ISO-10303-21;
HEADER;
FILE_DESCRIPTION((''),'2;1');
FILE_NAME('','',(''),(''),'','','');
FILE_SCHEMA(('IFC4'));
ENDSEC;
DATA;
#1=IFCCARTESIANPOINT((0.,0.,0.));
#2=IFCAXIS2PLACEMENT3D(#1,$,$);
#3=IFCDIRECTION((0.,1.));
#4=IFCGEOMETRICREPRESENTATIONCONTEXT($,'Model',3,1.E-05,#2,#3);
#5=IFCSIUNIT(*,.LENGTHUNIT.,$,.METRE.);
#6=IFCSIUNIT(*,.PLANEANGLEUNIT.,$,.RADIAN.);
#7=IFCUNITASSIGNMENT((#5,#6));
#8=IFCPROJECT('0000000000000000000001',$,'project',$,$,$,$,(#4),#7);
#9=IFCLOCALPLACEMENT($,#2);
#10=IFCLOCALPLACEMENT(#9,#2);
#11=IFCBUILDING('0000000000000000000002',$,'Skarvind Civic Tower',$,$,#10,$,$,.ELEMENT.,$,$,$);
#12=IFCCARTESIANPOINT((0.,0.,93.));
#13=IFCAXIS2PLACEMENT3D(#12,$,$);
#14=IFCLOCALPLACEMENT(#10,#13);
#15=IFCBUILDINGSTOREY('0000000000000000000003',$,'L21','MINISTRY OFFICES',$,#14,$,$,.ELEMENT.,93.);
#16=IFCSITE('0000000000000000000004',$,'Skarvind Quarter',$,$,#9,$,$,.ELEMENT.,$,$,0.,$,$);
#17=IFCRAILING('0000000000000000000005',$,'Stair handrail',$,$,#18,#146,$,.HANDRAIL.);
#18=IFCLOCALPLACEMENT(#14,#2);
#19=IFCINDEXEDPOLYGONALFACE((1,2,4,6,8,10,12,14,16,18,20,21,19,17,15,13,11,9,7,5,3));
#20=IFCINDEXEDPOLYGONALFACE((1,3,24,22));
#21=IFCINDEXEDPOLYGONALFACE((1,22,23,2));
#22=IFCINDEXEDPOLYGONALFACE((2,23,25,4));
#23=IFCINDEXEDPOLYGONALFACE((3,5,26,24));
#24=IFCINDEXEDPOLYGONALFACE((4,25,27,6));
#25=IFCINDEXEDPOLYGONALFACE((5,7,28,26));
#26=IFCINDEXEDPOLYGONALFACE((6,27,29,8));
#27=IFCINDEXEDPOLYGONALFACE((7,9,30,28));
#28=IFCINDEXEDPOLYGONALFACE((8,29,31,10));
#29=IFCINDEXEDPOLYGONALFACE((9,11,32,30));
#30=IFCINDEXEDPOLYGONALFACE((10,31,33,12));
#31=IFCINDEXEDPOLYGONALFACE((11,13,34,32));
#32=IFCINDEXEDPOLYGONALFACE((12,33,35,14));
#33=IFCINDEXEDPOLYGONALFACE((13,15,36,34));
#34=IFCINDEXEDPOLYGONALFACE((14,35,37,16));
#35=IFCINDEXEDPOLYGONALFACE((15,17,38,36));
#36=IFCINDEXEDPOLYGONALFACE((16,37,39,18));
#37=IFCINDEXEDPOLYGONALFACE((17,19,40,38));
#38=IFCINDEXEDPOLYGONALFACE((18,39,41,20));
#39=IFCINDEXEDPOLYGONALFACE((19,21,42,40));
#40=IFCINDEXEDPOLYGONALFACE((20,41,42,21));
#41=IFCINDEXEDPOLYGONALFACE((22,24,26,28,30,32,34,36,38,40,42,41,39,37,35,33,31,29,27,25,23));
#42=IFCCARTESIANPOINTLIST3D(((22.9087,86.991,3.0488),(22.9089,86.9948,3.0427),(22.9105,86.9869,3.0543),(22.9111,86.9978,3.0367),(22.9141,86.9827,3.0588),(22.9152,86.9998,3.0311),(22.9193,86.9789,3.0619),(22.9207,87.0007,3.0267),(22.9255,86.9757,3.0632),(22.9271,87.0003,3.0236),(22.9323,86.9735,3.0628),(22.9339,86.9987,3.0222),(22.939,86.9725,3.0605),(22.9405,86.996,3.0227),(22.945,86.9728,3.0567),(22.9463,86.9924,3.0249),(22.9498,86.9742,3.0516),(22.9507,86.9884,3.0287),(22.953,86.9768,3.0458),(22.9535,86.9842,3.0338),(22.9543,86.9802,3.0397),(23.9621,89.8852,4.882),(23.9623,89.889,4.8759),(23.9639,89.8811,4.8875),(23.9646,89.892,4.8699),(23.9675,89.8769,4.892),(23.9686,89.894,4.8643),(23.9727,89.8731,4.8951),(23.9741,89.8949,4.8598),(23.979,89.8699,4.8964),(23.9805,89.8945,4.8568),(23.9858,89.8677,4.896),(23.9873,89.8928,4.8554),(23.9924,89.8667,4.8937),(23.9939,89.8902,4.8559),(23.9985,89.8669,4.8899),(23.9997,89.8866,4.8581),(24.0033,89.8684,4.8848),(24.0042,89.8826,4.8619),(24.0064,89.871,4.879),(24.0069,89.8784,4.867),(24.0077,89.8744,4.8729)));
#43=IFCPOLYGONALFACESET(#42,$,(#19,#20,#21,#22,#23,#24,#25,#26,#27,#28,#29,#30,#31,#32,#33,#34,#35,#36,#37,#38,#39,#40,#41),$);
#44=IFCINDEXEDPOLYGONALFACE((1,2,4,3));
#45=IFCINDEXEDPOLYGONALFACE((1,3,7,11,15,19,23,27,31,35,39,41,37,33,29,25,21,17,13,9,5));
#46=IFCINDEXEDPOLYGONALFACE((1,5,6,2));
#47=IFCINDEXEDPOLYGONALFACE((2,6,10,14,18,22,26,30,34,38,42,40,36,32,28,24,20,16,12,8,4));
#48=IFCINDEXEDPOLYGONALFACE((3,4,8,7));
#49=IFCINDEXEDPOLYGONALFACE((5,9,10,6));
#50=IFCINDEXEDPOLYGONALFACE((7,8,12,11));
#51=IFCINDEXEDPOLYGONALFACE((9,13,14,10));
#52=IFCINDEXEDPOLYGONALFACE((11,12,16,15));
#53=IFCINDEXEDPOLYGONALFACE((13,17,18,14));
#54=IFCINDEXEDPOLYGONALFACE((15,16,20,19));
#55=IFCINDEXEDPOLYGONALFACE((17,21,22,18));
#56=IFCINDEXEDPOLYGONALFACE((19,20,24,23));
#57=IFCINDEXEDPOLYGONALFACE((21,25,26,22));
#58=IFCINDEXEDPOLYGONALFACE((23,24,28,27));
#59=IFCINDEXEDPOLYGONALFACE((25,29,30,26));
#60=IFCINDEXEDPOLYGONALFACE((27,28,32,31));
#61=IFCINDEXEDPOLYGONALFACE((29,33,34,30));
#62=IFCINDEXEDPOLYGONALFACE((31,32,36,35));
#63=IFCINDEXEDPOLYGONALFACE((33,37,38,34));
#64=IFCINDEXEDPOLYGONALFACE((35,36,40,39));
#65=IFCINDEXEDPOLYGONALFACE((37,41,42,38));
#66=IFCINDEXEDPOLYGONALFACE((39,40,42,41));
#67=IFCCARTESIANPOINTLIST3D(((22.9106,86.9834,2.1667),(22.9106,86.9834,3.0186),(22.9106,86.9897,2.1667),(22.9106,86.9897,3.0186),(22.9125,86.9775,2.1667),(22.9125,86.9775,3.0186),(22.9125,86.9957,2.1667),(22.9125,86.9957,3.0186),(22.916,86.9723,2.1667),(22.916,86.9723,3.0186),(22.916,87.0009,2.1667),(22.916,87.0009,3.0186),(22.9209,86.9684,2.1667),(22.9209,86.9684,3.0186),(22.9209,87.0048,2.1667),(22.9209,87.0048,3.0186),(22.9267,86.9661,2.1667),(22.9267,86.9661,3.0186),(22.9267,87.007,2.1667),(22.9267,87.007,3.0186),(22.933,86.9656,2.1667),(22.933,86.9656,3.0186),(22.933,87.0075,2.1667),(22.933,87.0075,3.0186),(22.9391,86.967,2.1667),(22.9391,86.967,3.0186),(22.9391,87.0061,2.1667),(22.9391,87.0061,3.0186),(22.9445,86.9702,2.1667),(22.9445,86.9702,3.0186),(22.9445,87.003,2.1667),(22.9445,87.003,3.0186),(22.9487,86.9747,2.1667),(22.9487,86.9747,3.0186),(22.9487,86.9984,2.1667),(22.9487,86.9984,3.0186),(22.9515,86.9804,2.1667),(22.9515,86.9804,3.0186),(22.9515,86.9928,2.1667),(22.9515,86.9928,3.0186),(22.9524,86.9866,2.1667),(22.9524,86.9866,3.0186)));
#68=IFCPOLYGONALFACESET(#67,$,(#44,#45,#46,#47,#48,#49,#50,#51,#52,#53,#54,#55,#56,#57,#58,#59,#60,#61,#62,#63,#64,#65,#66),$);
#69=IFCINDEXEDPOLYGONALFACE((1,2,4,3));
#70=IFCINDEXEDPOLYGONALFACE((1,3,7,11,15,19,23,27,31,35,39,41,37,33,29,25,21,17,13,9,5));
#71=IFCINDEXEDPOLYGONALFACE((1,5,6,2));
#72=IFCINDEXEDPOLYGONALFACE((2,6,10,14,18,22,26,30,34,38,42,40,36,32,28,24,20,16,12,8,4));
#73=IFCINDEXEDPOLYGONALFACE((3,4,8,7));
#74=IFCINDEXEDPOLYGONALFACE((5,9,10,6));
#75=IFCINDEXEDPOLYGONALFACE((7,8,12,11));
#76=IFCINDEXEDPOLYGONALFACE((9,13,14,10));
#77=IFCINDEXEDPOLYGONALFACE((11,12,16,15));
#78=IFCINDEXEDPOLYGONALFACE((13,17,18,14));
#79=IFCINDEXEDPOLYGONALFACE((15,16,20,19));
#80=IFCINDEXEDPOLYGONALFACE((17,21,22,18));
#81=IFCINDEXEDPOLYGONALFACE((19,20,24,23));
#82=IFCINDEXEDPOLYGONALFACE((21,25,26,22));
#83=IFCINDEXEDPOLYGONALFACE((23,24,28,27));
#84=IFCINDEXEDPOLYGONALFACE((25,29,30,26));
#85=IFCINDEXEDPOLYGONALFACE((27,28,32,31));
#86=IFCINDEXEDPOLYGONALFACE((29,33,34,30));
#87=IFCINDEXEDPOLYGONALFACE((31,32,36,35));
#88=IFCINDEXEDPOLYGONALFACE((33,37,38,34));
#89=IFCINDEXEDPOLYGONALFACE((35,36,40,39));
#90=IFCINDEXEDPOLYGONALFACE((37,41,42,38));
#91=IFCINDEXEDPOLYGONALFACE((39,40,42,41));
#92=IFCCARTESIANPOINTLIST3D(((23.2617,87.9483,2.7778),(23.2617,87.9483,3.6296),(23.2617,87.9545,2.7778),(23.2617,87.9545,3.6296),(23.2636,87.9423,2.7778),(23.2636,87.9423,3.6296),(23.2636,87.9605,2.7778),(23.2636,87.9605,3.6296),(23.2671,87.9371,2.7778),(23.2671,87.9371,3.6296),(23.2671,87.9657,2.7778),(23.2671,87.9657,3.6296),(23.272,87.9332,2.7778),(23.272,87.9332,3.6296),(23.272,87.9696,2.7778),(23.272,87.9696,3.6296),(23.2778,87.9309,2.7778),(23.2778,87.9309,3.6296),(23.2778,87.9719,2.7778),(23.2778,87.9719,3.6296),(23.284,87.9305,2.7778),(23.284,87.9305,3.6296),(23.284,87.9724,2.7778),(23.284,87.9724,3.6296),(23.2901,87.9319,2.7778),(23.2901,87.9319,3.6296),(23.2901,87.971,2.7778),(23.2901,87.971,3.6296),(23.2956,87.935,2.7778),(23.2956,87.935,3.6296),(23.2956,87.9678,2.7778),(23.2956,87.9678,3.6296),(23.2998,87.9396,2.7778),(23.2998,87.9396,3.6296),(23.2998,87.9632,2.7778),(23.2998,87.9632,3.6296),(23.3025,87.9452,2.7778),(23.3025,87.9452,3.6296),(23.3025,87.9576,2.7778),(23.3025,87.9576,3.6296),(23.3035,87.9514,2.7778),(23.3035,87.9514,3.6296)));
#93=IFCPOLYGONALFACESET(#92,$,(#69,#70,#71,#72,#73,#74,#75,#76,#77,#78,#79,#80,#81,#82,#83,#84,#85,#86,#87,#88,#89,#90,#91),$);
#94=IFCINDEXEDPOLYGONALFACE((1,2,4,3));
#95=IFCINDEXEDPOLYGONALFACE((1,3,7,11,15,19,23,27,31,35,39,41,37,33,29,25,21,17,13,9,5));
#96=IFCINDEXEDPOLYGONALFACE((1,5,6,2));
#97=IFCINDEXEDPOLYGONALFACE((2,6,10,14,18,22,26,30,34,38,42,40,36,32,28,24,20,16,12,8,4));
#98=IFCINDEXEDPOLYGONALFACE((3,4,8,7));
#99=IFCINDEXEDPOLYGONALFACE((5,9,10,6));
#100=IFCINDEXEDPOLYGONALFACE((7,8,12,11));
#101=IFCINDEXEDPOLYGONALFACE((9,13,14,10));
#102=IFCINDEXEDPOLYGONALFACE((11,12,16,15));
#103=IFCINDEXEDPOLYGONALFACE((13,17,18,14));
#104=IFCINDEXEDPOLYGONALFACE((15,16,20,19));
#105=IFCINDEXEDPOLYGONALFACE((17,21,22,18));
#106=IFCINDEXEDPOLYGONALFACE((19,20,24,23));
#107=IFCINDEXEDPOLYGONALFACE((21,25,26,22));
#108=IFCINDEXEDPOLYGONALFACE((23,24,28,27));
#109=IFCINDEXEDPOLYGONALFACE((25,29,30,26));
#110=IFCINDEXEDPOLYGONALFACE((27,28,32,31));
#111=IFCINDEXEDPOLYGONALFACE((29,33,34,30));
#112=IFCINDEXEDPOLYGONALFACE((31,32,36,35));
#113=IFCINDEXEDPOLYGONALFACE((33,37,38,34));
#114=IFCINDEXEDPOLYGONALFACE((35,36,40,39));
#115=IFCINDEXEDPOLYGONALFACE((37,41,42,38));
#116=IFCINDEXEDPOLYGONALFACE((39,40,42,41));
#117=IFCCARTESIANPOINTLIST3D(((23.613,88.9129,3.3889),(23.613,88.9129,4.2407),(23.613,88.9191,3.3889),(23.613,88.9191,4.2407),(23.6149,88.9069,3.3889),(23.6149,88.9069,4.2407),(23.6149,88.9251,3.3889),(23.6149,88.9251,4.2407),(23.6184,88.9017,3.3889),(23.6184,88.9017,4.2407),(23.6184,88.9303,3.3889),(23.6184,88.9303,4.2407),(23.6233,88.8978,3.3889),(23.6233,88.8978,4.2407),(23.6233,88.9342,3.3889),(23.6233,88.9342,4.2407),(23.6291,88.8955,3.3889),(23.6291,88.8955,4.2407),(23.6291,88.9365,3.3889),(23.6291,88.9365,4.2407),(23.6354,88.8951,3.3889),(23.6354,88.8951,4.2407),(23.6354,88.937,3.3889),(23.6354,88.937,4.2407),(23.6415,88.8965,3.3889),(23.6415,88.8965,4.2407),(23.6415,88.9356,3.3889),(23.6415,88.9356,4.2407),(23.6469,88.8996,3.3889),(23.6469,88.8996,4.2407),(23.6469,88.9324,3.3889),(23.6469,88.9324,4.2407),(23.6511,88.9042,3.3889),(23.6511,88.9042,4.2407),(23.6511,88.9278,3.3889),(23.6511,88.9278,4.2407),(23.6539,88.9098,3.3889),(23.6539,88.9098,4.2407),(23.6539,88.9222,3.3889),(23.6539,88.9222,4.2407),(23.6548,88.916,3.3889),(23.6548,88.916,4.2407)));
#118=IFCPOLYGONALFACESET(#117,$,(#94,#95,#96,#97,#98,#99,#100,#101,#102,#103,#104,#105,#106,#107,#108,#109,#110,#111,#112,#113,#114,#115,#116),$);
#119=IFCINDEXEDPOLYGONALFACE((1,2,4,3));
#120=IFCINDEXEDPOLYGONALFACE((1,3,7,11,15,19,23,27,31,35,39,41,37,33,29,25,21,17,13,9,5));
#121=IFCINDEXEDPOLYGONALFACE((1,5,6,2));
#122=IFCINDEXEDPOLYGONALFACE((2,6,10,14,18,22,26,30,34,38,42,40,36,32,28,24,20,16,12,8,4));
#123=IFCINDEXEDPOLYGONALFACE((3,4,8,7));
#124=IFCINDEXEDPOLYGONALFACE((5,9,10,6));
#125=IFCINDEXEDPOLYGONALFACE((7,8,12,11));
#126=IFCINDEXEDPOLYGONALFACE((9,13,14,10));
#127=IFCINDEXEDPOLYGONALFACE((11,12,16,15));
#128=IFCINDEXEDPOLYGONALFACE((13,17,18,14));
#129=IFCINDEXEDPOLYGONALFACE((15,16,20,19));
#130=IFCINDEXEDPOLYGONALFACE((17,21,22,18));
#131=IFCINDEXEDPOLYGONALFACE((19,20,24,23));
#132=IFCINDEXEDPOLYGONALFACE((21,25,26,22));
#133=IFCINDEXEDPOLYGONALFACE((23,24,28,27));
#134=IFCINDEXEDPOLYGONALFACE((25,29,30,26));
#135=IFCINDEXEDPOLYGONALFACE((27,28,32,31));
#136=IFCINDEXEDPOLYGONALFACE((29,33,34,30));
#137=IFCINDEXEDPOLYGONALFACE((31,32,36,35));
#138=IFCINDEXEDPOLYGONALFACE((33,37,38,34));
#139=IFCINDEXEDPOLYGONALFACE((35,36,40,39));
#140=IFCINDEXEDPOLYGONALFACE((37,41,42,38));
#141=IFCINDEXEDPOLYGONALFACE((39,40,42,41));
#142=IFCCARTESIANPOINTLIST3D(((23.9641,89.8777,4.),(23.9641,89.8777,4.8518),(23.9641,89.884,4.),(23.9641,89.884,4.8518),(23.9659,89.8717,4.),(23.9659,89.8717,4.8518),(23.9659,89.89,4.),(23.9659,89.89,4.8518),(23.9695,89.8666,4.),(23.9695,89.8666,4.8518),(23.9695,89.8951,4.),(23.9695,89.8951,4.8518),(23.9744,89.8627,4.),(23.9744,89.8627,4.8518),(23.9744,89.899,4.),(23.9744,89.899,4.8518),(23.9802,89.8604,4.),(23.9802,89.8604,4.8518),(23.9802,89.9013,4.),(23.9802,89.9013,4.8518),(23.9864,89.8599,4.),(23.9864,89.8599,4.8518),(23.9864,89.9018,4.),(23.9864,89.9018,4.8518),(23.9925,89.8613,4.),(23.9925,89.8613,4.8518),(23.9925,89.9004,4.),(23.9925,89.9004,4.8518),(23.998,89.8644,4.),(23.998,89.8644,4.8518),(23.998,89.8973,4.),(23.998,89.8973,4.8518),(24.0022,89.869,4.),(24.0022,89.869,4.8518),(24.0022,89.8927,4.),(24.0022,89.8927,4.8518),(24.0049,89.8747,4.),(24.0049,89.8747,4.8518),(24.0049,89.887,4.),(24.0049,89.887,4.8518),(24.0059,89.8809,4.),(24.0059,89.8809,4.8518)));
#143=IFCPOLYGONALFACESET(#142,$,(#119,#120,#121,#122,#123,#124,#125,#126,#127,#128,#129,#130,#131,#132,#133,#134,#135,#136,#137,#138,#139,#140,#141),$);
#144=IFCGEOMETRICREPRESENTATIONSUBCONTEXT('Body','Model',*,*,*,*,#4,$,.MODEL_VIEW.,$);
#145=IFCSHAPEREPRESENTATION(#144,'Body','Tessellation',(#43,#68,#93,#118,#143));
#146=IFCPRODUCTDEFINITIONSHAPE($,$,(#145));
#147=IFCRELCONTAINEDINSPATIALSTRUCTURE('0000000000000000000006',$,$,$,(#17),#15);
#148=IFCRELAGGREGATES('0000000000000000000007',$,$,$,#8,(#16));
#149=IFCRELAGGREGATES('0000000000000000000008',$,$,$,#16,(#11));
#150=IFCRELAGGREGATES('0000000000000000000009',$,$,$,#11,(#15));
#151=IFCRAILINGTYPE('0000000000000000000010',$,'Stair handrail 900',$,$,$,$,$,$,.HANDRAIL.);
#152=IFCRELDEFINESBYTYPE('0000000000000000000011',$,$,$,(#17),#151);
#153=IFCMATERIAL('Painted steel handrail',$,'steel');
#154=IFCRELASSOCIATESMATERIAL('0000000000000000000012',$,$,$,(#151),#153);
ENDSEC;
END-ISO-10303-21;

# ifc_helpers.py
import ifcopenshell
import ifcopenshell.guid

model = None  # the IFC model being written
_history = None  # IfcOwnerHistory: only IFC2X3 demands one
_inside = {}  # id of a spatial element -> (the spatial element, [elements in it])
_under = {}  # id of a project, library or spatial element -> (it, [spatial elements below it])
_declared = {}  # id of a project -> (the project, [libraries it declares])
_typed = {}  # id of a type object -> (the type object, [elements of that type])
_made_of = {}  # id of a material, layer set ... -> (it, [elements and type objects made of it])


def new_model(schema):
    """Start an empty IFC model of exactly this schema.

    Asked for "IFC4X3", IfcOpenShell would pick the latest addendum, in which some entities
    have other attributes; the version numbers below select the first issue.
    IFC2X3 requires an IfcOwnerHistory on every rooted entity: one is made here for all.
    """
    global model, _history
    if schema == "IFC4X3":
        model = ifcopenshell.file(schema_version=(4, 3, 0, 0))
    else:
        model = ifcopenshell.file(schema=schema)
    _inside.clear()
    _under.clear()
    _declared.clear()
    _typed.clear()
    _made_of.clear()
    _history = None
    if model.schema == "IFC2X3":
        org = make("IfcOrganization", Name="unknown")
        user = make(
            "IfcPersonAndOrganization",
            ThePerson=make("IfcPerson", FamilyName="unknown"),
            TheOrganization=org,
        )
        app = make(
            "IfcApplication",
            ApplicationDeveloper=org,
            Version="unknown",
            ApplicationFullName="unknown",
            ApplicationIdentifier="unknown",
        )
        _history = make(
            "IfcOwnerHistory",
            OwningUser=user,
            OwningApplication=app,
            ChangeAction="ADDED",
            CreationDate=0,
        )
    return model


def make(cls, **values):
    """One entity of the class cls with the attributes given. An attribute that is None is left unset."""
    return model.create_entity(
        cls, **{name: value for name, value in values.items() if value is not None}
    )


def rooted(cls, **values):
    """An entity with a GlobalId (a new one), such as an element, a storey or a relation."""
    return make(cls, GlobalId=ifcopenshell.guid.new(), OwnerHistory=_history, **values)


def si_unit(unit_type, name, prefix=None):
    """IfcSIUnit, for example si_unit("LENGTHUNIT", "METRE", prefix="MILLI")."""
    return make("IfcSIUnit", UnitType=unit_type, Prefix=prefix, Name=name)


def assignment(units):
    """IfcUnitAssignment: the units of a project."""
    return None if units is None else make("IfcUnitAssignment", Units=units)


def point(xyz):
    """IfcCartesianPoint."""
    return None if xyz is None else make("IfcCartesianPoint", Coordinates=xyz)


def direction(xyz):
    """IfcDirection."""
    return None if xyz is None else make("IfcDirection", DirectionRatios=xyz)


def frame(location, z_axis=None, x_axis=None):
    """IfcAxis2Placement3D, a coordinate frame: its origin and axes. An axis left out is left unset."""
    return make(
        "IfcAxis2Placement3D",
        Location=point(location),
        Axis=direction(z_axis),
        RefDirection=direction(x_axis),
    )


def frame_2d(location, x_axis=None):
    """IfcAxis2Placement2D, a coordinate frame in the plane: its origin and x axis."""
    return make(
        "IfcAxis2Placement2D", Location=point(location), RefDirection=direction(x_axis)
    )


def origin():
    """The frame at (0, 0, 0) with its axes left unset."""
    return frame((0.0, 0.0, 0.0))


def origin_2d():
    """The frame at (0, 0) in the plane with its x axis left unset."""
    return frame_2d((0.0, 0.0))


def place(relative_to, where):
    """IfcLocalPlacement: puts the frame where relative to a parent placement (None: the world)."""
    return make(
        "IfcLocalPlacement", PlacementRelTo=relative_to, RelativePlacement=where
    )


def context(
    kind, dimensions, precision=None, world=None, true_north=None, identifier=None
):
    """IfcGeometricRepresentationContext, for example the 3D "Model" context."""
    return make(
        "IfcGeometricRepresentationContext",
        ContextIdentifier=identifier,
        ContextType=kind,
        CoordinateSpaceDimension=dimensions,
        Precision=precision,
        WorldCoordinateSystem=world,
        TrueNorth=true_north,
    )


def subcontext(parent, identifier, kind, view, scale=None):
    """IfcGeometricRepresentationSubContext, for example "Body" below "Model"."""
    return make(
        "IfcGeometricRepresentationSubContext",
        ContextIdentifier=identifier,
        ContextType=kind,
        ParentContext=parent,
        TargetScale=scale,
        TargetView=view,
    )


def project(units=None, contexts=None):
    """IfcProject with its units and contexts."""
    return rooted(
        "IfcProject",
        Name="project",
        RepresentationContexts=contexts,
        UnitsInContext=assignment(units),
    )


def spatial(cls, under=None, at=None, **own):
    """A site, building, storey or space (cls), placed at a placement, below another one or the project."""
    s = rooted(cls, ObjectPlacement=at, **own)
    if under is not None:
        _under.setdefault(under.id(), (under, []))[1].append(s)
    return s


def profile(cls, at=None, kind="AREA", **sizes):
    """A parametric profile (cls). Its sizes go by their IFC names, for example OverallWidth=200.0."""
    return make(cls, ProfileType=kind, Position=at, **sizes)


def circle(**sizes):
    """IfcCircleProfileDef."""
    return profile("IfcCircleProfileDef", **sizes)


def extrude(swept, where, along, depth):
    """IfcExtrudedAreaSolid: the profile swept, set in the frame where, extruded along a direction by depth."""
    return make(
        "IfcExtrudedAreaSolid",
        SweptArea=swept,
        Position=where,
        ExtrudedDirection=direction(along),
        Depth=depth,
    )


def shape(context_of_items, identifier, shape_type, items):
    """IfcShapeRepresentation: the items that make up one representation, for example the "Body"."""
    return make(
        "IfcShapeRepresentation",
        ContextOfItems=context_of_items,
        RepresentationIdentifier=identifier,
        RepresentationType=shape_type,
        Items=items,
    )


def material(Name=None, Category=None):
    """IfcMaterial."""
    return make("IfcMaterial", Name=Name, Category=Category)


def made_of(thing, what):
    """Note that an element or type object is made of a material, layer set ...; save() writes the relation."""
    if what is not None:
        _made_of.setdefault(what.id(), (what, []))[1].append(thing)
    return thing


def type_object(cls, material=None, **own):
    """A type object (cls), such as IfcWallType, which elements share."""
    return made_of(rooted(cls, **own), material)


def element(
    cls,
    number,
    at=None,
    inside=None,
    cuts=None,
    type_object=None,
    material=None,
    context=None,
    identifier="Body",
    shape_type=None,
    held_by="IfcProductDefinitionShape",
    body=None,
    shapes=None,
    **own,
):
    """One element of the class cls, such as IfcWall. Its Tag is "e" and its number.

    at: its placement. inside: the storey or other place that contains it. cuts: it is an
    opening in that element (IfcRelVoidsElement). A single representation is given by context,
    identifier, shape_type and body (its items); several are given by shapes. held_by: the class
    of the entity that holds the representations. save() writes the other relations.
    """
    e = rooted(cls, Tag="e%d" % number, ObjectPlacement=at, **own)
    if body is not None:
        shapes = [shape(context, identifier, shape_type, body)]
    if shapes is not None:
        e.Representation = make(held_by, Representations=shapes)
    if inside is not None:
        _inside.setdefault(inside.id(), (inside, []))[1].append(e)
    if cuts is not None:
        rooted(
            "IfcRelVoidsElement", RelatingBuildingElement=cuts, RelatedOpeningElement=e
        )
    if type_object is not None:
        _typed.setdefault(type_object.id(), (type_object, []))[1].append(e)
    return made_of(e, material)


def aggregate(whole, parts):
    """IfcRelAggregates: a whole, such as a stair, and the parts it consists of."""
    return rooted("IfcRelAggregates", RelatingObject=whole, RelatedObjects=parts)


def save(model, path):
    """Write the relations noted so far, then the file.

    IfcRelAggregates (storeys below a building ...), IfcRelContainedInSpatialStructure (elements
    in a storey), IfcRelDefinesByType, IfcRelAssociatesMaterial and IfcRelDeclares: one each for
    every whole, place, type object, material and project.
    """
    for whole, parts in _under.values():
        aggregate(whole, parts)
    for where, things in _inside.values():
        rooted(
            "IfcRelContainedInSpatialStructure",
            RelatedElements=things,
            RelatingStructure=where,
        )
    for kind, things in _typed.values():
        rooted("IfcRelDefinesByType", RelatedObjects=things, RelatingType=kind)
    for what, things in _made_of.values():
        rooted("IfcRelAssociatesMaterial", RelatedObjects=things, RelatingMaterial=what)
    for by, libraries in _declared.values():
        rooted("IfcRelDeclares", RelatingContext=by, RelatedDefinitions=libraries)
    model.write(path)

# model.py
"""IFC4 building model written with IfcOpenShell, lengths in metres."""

from ifc_helpers import new_model, si_unit, direction, frame, origin, origin_2d, place, context, subcontext, project, spatial, circle, extrude, material, type_object, element, save


model = new_model("IFC4")

# Units and contexts
model_context = context("Model", 3, precision=1e-05, world=origin(), true_north=direction((0.0, 1.0)))
body_context = subcontext(model_context, "Body", "Model", "MODEL_VIEW")
ifc_project = project(units=[si_unit("LENGTHUNIT", "METRE"), si_unit("PLANEANGLEUNIT", "RADIAN")], contexts=[model_context])

# Site, building, storey
site_placement = place(None, origin())
site = spatial("IfcSite", under=ifc_project, at=site_placement, Name="Skarvind Quarter", CompositionType="ELEMENT", RefElevation=0.0)
building_placement = place(site_placement, origin())
building = spatial("IfcBuilding", under=site, at=building_placement, Name="Skarvind Civic Tower", CompositionType="ELEMENT")
storey_placement = place(building_placement, frame((0.0, 0.0, 93.0)))
storey = spatial("IfcBuildingStorey", under=building, at=storey_placement, Name="L21", Description="MINISTRY OFFICES", CompositionType="ELEMENT", Elevation=93.0)

# Railing
ifc_material_1 = material(Name="Painted steel handrail", Category="steel")
railing_type = type_object("IfcRailingType", Name="Stair handrail 900", PredefinedType="HANDRAIL", material=ifc_material_1)
railing_1_placement = place(storey_placement, frame((22.9314, 86.9866, 2.1667)))
element("IfcRailing", 1, at=railing_1_placement, inside=storey, type_object=railing_type, Name="Stair handrail", PredefinedType="HANDRAIL", context=body_context, shape_type="SweptSolid", body=[
    extrude(circle(Radius=0.0239, at=origin_2d()), frame((0.0, 0.0, 0.876), z_axis=(0.293908, 0.807481, 0.511461), x_axis=(-0.939689, 0.342029, 0.0)), (0.0, 0.0, 1.0), 3.5842),
    extrude(circle(Radius=0.021, at=origin_2d()), origin(), (0.0, 0.0, 1.0), 0.8518),
    extrude(circle(Radius=0.021, at=origin_2d()), frame((0.3511, 0.9648, 0.6111)), (0.0, 0.0, 1.0), 0.8518),
    extrude(circle(Radius=0.021, at=origin_2d()), frame((0.7024, 1.9294, 1.2222)), (0.0, 0.0, 1.0), 0.8518),
    extrude(circle(Radius=0.021, at=origin_2d()), frame((1.0535, 2.8943, 1.8333)), (0.0, 0.0, 1.0), 0.8518),
])

save(model, "model.ifc")
